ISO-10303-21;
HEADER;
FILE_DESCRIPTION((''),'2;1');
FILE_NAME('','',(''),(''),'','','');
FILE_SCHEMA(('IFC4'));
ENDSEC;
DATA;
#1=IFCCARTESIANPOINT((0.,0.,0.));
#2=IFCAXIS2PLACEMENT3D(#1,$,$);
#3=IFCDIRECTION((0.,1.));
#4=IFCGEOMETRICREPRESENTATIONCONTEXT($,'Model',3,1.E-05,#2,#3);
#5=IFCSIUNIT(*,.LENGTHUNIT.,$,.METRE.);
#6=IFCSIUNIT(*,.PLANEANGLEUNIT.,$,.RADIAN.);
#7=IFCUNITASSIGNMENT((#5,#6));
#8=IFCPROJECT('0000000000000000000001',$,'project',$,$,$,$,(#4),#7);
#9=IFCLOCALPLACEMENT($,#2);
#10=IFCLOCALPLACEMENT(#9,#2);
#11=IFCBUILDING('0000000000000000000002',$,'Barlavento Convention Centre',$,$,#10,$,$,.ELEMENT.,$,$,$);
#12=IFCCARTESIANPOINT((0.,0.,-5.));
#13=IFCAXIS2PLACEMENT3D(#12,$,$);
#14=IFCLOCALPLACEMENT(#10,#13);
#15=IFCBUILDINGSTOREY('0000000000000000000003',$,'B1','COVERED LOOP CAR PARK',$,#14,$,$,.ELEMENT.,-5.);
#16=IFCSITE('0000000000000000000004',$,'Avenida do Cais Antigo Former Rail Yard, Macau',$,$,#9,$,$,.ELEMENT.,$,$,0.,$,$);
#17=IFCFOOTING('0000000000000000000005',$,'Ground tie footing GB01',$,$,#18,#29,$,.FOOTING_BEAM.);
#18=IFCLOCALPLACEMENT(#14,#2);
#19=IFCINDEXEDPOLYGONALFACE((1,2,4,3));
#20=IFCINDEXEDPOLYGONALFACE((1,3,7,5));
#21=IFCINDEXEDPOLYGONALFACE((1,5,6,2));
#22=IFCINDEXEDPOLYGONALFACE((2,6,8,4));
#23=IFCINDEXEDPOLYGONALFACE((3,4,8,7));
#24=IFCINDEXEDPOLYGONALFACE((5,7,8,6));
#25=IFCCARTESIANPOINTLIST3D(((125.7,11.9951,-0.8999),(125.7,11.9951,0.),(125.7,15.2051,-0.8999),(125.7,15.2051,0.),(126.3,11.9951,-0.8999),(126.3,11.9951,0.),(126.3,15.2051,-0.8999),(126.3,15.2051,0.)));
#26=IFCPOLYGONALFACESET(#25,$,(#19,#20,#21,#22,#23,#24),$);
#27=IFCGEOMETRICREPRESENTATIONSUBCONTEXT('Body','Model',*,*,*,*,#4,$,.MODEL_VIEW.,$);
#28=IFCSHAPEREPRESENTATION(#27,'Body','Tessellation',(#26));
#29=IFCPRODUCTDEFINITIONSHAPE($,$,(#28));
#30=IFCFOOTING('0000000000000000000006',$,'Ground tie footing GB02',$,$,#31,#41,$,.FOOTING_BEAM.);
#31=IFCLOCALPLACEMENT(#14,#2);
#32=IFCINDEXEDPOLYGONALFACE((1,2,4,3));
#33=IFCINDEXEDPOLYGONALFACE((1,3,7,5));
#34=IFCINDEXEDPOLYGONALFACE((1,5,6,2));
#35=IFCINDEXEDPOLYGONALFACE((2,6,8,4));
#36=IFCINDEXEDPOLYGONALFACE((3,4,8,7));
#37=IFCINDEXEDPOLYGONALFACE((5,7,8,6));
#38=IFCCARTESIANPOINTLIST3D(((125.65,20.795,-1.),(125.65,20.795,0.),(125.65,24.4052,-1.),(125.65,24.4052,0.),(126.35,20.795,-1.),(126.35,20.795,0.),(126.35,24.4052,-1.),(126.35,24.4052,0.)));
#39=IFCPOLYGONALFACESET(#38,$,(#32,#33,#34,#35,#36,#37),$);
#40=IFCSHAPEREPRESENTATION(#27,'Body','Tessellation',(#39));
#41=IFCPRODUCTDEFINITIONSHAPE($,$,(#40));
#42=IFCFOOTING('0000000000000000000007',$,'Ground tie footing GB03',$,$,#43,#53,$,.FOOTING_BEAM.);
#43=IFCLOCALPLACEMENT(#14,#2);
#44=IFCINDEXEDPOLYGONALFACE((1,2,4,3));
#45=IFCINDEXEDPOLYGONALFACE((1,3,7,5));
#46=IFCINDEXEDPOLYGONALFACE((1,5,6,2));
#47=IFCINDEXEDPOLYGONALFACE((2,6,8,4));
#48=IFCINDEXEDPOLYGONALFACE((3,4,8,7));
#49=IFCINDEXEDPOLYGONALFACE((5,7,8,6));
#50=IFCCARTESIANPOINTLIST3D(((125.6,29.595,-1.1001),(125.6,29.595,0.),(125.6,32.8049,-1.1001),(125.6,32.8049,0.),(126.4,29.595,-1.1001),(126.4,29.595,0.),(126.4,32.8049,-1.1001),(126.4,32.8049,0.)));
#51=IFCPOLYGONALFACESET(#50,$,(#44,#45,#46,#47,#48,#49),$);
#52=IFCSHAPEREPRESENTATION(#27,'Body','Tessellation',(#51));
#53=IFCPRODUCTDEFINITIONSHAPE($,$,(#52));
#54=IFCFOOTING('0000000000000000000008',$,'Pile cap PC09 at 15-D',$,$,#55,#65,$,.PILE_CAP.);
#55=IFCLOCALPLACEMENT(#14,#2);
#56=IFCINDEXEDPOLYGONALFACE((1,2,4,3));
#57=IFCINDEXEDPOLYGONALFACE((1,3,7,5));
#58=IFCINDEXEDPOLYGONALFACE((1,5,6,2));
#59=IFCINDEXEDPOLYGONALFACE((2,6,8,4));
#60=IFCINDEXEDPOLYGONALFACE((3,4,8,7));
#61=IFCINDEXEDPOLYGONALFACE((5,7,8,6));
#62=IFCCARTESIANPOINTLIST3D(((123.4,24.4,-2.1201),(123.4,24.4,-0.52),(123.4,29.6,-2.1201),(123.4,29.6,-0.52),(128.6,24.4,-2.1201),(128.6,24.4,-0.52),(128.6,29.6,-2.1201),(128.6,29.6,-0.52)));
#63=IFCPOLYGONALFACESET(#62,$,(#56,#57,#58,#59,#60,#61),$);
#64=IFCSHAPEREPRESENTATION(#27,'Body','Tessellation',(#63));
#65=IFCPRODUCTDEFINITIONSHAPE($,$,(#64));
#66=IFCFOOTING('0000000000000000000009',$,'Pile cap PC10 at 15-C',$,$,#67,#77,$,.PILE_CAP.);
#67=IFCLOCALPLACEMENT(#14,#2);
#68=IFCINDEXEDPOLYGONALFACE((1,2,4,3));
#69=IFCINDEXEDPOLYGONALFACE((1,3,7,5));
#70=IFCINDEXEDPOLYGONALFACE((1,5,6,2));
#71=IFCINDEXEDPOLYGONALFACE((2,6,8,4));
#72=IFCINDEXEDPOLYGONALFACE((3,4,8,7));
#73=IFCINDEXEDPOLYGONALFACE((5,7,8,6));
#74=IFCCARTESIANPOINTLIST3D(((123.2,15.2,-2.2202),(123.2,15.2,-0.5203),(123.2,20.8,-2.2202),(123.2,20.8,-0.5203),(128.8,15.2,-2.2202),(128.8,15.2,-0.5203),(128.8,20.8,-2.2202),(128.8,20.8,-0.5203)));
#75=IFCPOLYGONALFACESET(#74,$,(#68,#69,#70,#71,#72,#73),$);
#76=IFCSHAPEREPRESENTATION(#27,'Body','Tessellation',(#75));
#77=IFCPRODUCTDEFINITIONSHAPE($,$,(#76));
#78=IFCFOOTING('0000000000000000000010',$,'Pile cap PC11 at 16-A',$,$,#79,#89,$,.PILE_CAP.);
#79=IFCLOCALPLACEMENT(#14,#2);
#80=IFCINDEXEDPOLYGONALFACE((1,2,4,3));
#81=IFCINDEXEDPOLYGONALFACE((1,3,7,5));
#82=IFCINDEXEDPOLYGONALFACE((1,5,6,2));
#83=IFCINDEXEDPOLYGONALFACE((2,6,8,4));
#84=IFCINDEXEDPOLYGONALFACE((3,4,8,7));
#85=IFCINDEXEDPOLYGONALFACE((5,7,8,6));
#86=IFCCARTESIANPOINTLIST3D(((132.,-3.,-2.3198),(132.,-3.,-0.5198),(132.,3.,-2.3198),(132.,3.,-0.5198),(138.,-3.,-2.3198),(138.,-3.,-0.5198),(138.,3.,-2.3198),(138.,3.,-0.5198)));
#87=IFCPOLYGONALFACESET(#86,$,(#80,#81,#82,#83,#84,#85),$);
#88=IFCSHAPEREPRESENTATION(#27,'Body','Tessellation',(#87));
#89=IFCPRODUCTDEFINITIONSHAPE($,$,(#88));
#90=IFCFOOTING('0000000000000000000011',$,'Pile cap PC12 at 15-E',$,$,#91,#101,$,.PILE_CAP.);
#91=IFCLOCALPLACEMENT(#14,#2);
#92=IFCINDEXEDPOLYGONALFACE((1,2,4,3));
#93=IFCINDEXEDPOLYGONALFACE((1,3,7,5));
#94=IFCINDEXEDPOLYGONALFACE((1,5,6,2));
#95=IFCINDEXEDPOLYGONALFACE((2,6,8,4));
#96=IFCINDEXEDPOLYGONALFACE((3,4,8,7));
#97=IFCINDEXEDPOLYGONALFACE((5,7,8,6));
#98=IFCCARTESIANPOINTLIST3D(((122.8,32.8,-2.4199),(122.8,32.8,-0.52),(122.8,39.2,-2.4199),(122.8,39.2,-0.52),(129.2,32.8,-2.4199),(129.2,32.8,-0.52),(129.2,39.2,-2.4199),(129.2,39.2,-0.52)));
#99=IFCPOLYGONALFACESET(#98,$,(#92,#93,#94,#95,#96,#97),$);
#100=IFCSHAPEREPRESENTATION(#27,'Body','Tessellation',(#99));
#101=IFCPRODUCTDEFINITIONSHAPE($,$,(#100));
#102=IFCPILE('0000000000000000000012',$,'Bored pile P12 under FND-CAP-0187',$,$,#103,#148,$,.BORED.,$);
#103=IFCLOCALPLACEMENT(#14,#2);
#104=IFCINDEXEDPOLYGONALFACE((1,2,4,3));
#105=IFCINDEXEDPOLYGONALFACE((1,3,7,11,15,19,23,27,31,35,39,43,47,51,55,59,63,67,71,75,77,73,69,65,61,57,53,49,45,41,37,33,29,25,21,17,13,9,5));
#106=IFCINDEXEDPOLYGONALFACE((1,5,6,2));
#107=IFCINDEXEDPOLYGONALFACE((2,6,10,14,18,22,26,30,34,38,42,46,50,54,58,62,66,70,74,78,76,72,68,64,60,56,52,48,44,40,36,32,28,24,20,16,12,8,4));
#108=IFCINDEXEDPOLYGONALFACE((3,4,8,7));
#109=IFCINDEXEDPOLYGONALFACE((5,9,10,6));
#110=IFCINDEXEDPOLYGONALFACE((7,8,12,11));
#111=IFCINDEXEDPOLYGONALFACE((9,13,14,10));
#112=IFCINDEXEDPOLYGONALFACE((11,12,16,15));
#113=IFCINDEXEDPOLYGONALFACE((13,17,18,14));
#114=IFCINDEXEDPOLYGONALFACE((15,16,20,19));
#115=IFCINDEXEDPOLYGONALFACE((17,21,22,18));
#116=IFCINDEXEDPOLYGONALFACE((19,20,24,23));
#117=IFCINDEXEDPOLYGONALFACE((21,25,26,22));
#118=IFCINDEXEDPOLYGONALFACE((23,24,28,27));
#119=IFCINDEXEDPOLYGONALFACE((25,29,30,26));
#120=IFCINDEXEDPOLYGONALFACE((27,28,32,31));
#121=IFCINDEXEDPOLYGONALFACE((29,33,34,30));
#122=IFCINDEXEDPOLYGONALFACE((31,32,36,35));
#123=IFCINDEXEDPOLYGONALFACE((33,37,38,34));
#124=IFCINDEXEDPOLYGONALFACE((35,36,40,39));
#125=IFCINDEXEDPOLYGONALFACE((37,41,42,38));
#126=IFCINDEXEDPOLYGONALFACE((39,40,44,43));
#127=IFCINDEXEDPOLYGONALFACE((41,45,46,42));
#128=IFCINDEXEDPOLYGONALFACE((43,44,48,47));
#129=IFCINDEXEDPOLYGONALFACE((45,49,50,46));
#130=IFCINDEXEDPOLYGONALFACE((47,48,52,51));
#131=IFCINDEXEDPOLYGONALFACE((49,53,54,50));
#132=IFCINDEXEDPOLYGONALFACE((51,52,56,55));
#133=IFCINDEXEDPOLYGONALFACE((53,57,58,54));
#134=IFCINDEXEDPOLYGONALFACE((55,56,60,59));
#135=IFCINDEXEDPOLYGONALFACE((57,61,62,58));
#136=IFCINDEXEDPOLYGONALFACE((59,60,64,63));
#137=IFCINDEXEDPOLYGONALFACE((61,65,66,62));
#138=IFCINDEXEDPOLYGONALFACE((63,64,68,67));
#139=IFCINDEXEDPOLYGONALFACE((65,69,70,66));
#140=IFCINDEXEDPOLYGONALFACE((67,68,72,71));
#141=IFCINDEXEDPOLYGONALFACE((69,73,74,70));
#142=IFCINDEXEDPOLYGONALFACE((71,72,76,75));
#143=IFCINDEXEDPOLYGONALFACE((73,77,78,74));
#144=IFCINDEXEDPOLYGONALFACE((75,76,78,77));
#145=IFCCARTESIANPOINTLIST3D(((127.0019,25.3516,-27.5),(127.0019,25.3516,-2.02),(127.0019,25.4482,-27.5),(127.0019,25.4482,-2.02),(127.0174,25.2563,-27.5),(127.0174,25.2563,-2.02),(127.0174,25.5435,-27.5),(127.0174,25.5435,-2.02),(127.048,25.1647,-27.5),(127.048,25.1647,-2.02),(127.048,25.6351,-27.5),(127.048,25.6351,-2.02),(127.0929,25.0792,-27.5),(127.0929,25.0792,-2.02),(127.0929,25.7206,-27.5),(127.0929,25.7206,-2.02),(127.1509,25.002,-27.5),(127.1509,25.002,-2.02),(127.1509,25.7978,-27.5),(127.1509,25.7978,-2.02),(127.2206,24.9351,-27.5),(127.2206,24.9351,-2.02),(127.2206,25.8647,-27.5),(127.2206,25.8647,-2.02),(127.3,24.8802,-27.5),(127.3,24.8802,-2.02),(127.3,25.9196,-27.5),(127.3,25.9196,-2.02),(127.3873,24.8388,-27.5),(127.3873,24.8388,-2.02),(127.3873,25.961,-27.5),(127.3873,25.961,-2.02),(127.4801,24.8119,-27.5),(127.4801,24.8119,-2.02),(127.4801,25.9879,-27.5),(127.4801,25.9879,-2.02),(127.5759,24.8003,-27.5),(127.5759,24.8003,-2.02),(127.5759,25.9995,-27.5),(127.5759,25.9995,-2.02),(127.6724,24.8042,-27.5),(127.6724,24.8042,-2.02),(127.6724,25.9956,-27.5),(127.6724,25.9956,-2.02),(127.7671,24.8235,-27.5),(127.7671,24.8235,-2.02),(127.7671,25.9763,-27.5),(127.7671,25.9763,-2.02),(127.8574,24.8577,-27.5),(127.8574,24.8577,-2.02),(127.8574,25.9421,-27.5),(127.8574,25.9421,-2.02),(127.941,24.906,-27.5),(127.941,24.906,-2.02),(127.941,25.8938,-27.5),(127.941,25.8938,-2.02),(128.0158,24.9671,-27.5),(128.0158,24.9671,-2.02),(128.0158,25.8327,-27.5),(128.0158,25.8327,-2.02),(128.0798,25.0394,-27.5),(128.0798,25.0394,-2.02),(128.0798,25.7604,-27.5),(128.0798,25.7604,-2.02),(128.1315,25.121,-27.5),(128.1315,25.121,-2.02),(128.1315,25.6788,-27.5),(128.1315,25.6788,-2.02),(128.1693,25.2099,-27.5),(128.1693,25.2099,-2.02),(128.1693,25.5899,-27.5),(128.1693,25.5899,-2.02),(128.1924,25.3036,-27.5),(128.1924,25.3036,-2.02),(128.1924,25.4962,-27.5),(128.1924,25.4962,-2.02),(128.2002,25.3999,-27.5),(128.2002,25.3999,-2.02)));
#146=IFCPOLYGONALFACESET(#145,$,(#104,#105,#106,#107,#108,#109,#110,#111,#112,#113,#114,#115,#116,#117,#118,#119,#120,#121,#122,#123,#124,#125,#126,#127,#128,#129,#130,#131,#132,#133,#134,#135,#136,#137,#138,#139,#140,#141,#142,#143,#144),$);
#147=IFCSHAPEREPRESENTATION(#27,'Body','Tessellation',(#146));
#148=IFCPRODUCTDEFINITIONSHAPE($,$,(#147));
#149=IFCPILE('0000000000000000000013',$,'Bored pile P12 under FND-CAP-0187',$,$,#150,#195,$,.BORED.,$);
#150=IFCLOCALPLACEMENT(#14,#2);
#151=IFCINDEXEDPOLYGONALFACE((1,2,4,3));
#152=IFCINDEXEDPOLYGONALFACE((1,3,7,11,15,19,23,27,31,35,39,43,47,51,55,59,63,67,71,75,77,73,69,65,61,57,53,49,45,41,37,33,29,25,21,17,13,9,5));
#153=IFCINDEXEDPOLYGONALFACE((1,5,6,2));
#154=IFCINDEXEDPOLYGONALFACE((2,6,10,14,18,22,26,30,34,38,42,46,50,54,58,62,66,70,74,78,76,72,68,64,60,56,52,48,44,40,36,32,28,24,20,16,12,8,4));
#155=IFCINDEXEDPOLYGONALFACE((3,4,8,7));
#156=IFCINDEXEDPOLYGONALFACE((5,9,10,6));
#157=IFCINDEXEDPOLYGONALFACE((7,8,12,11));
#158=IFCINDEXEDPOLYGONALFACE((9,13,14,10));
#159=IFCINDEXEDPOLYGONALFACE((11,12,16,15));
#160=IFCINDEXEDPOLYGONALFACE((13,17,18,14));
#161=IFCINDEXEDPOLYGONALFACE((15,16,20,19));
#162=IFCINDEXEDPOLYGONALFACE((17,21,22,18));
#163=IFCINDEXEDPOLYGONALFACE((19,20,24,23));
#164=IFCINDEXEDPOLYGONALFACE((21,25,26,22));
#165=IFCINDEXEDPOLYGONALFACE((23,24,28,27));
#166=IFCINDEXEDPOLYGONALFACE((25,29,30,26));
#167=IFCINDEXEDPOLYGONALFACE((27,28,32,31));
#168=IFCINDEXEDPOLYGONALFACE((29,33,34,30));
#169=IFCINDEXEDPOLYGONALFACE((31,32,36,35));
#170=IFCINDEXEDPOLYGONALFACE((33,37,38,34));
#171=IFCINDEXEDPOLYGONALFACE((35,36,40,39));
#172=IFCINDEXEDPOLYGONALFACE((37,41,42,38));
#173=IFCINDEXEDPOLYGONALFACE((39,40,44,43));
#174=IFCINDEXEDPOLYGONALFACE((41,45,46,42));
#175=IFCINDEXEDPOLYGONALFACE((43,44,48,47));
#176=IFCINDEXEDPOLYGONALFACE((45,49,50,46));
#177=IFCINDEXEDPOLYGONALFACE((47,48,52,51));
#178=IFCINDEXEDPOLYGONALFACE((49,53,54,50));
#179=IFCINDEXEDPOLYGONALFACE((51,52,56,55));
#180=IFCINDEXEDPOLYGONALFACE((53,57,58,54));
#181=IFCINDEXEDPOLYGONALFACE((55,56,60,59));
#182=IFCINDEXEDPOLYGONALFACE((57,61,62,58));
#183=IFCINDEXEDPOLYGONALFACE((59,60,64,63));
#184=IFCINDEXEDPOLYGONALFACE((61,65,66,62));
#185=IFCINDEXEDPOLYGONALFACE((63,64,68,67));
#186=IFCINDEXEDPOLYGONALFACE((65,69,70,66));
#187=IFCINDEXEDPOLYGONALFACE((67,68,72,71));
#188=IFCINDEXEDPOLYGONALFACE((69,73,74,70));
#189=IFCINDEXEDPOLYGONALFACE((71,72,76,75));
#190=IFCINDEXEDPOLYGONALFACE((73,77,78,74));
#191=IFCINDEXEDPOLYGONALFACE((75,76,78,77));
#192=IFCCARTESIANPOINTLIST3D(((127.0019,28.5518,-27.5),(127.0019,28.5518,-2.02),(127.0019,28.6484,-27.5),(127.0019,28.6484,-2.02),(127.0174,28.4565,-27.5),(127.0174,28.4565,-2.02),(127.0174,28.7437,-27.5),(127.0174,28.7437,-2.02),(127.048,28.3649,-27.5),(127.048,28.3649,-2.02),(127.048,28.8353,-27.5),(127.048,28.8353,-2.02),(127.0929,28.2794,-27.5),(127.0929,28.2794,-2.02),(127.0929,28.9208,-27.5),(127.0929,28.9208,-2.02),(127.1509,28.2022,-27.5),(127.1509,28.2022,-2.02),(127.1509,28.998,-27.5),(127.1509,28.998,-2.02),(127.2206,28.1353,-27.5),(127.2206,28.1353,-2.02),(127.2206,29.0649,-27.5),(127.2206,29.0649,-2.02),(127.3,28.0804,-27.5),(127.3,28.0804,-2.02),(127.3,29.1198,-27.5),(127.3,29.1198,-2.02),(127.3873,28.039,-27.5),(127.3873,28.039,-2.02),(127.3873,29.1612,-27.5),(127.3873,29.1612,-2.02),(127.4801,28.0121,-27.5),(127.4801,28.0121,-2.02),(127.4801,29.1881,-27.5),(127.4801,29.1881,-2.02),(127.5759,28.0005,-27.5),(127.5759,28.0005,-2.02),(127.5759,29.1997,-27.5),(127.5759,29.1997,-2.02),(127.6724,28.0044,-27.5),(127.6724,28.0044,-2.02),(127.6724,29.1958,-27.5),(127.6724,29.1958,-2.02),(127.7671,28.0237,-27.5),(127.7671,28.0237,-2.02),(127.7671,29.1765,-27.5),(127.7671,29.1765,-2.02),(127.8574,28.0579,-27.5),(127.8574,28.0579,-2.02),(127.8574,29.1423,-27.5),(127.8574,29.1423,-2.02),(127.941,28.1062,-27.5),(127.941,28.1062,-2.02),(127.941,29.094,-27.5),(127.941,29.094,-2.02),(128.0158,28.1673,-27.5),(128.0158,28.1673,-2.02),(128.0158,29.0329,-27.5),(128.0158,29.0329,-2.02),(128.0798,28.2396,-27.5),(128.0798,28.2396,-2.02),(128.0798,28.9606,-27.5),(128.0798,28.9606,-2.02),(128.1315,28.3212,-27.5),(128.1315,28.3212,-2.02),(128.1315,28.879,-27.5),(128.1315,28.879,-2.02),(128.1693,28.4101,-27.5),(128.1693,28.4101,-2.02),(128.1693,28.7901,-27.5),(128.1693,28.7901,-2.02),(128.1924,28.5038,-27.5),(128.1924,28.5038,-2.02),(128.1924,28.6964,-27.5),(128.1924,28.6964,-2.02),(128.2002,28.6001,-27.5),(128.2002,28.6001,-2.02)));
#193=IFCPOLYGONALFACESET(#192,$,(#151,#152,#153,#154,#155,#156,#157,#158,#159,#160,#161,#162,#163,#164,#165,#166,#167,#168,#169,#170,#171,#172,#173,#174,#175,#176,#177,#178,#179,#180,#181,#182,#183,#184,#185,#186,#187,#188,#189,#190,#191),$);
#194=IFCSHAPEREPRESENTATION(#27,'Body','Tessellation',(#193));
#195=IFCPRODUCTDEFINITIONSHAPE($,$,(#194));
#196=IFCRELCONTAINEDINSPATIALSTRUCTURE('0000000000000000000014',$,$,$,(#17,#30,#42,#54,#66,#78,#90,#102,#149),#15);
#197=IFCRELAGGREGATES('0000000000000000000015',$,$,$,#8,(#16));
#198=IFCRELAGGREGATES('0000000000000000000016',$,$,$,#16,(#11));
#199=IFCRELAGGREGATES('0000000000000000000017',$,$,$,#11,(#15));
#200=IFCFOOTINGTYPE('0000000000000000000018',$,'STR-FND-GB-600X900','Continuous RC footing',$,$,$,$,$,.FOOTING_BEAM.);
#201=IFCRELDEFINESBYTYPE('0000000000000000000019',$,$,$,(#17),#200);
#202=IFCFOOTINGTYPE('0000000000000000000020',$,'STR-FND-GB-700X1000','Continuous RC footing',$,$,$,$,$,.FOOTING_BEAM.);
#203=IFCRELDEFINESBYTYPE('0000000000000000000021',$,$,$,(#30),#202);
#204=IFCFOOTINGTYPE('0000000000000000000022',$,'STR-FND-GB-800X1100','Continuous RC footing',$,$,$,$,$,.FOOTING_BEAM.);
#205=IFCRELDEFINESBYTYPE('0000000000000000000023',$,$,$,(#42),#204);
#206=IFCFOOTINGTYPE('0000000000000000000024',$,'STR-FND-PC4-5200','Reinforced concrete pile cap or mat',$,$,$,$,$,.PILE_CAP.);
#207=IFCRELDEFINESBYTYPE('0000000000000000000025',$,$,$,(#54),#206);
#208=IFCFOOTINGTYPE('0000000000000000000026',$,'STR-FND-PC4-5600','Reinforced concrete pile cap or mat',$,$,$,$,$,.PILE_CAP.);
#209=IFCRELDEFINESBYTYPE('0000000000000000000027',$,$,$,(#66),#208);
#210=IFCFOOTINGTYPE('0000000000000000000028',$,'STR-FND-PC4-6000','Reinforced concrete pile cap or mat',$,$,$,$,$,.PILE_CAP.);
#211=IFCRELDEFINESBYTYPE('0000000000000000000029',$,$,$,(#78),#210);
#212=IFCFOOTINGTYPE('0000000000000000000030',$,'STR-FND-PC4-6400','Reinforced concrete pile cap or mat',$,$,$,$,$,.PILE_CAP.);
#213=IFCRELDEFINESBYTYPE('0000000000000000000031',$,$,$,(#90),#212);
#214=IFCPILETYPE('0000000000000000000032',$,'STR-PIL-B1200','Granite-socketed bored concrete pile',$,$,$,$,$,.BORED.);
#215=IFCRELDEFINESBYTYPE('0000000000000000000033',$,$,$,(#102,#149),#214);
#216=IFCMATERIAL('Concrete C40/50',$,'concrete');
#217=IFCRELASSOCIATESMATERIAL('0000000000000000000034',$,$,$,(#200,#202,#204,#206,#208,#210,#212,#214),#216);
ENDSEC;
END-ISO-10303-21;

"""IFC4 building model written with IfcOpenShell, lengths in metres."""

from ifc_helpers import new_model, si_unit, direction, frame, origin, origin_2d, place, context, subcontext, project, spatial, rectangle, circle, extrude, material, material_profile, profile_set, type_object, element, save


model = new_model("IFC4")

# Units and contexts
model_context = context("Model", 3, precision=1e-05, world=origin(), true_north=direction((0.0, 1.0)))
body_context = subcontext(model_context, "Body", "Model", "MODEL_VIEW")
ifc_project = project(units=[si_unit("LENGTHUNIT", "METRE"), si_unit("PLANEANGLEUNIT", "RADIAN")], contexts=[model_context])

# Site, building, storey
site_placement = place(None, origin())
site = spatial("IfcSite", under=ifc_project, at=site_placement, Name="Avenida do Cais Antigo Former Rail Yard, Macau", CompositionType="ELEMENT", RefElevation=0.0)
building_placement = place(site_placement, origin())
building = spatial("IfcBuilding", under=site, at=building_placement, Name="Barlavento Convention Centre", CompositionType="ELEMENT")
storey_placement = place(building_placement, frame((0.0, 0.0, -5.0)))
storey = spatial("IfcBuildingStorey", under=building, at=storey_placement, Name="B1", Description="COVERED LOOP CAR PARK", CompositionType="ELEMENT", Elevation=-5.0)

# Footings
ifc_material_1 = material(Name="Concrete C40/50", Category="concrete")
footing_type_1 = type_object("IfcFootingType", Name="STR-FND-GB-600X900", Description="Continuous RC footing", PredefinedType="FOOTING_BEAM", material=ifc_material_1)
footing_1_placement = place(storey_placement, frame((126.0, 13.6001, -0.8999), z_axis=(0.0, 0.0, 1.0), x_axis=(1.0, 0.0, 0.0)))
element("IfcFooting", 1, at=footing_1_placement, inside=storey, type_object=footing_type_1, Name="Ground tie footing GB01", PredefinedType="FOOTING_BEAM", context=body_context, shape_type="SweptSolid", body=[
    extrude(rectangle(XDim=0.6001, YDim=3.21, at=origin_2d()), origin(), (0.0, 0.0, 1.0), 0.8999),
])
footing_type_2 = type_object("IfcFootingType", Name="STR-FND-GB-700X1000", Description="Continuous RC footing", PredefinedType="FOOTING_BEAM", material=ifc_material_1)
footing_2_placement = place(storey_placement, frame((126.0, 22.6001, -1.0), z_axis=(0.0, 0.0, 1.0), x_axis=(1.0, 0.0, 0.0)))
element("IfcFooting", 2, at=footing_2_placement, inside=storey, type_object=footing_type_2, Name="Ground tie footing GB02", PredefinedType="FOOTING_BEAM", context=body_context, shape_type="SweptSolid", body=[
    extrude(rectangle(XDim=0.7, YDim=3.6101, at=origin_2d()), origin(), (0.0, 0.0, 1.0), 1.0),
])
footing_type_3 = type_object("IfcFootingType", Name="STR-FND-GB-800X1100", Description="Continuous RC footing", PredefinedType="FOOTING_BEAM", material=ifc_material_1)
footing_3_placement = place(storey_placement, frame((126.0, 31.2, -1.1001), z_axis=(0.0, 0.0, 1.0), x_axis=(1.0, 0.0, 0.0)))
element("IfcFooting", 3, at=footing_3_placement, inside=storey, type_object=footing_type_3, Name="Ground tie footing GB03", PredefinedType="FOOTING_BEAM", context=body_context, shape_type="SweptSolid", body=[
    extrude(rectangle(XDim=0.8, YDim=3.21, at=origin_2d()), origin(), (0.0, 0.0, 1.0), 1.1001),
])
footing_type_4 = type_object("IfcFootingType", Name="STR-FND-PC4-5200", Description="Reinforced concrete pile cap or mat", PredefinedType="PILE_CAP", material=ifc_material_1)
footing_4_placement = place(storey_placement, frame((126.0, 27.0, -2.1201), z_axis=(0.0, 0.0, 1.0), x_axis=(1.0, 0.0, 0.0)))
element("IfcFooting", 4, at=footing_4_placement, inside=storey, type_object=footing_type_4, Name="Pile cap PC09 at 15-D", PredefinedType="PILE_CAP", context=body_context, shape_type="SweptSolid", body=[
    extrude(rectangle(XDim=5.2, YDim=5.2, at=origin_2d()), origin(), (0.0, 0.0, 1.0), 1.6001),
])
footing_type_5 = type_object("IfcFootingType", Name="STR-FND-PC4-5600", Description="Reinforced concrete pile cap or mat", PredefinedType="PILE_CAP", material=ifc_material_1)
footing_5_placement = place(storey_placement, frame((126.0, 18.0, -2.2202), z_axis=(0.0, 0.0, 1.0), x_axis=(1.0, 0.0, 0.0)))
element("IfcFooting", 5, at=footing_5_placement, inside=storey, type_object=footing_type_5, Name="Pile cap PC10 at 15-C", PredefinedType="PILE_CAP", context=body_context, shape_type="SweptSolid", body=[
    extrude(rectangle(XDim=5.6001, YDim=5.6001, at=origin_2d()), origin(), (0.0, 0.0, 1.0), 1.7),
])
footing_type_6 = type_object("IfcFootingType", Name="STR-FND-PC4-6000", Description="Reinforced concrete pile cap or mat", PredefinedType="PILE_CAP", material=ifc_material_1)
footing_6_placement = place(storey_placement, frame((135.0, 0.0, -2.3198), z_axis=(0.0, 0.0, 1.0), x_axis=(1.0, 0.0, 0.0)))
element("IfcFooting", 6, at=footing_6_placement, inside=storey, type_object=footing_type_6, Name="Pile cap PC11 at 16-A", PredefinedType="PILE_CAP", context=body_context, shape_type="SweptSolid", body=[
    extrude(rectangle(XDim=6.0, YDim=6.0, at=origin_2d()), origin(), (0.0, 0.0, 1.0), 1.8),
])
footing_type_7 = type_object("IfcFootingType", Name="STR-FND-PC4-6400", Description="Reinforced concrete pile cap or mat", PredefinedType="PILE_CAP", material=ifc_material_1)
footing_7_placement = place(storey_placement, frame((126.0, 36.0, -2.4199), z_axis=(0.0, 0.0, 1.0), x_axis=(1.0, 0.0, 0.0)))
element("IfcFooting", 7, at=footing_7_placement, inside=storey, type_object=footing_type_7, Name="Pile cap PC12 at 15-E", PredefinedType="PILE_CAP", context=body_context, shape_type="SweptSolid", body=[
    extrude(rectangle(XDim=6.3999, YDim=6.3999, at=origin_2d()), origin(), (0.0, 0.0, 1.0), 1.8999),
])

# Piles
ifc_material_profile_1 = material_profile(ifc_material_1, circle(Radius=0.6001, at=origin_2d()), Name="BORED PILE 1200")
ifc_profile_set_1 = profile_set([ifc_material_profile_1], Name="Concrete C40/50")
pile_type_1 = type_object("IfcPileType", Name="STR-PIL-B1200", Description="Granite-socketed bored concrete pile", PredefinedType="BORED", material=ifc_profile_set_1)
for number, where, z_axis, x_axis, name in (
    (8, (127.6001, 25.3999, -2.02), (0.0, 0.0, -1.0), (1.0, 0.0, 0.0), "Bored pile P12 under FND-CAP-0187"),
    (9, (127.6001, 28.6001, -2.02), (0.0, 0.0, -1.0), (1.0, 0.0, 0.0), "Bored pile P12 under FND-CAP-0187"),
):
    element("IfcPile", number, at=place(storey_placement, frame(where, z_axis=z_axis, x_axis=x_axis)), inside=storey, type_object=pile_type_1, Name=name, PredefinedType="BORED", context=body_context, shape_type="SweptSolid", body=[
        extrude(circle(Radius=0.6001, at=origin_2d()), origin(), (0.0, 0.0, 1.0), 25.48),
    ])

save(model, "model.ifc")
